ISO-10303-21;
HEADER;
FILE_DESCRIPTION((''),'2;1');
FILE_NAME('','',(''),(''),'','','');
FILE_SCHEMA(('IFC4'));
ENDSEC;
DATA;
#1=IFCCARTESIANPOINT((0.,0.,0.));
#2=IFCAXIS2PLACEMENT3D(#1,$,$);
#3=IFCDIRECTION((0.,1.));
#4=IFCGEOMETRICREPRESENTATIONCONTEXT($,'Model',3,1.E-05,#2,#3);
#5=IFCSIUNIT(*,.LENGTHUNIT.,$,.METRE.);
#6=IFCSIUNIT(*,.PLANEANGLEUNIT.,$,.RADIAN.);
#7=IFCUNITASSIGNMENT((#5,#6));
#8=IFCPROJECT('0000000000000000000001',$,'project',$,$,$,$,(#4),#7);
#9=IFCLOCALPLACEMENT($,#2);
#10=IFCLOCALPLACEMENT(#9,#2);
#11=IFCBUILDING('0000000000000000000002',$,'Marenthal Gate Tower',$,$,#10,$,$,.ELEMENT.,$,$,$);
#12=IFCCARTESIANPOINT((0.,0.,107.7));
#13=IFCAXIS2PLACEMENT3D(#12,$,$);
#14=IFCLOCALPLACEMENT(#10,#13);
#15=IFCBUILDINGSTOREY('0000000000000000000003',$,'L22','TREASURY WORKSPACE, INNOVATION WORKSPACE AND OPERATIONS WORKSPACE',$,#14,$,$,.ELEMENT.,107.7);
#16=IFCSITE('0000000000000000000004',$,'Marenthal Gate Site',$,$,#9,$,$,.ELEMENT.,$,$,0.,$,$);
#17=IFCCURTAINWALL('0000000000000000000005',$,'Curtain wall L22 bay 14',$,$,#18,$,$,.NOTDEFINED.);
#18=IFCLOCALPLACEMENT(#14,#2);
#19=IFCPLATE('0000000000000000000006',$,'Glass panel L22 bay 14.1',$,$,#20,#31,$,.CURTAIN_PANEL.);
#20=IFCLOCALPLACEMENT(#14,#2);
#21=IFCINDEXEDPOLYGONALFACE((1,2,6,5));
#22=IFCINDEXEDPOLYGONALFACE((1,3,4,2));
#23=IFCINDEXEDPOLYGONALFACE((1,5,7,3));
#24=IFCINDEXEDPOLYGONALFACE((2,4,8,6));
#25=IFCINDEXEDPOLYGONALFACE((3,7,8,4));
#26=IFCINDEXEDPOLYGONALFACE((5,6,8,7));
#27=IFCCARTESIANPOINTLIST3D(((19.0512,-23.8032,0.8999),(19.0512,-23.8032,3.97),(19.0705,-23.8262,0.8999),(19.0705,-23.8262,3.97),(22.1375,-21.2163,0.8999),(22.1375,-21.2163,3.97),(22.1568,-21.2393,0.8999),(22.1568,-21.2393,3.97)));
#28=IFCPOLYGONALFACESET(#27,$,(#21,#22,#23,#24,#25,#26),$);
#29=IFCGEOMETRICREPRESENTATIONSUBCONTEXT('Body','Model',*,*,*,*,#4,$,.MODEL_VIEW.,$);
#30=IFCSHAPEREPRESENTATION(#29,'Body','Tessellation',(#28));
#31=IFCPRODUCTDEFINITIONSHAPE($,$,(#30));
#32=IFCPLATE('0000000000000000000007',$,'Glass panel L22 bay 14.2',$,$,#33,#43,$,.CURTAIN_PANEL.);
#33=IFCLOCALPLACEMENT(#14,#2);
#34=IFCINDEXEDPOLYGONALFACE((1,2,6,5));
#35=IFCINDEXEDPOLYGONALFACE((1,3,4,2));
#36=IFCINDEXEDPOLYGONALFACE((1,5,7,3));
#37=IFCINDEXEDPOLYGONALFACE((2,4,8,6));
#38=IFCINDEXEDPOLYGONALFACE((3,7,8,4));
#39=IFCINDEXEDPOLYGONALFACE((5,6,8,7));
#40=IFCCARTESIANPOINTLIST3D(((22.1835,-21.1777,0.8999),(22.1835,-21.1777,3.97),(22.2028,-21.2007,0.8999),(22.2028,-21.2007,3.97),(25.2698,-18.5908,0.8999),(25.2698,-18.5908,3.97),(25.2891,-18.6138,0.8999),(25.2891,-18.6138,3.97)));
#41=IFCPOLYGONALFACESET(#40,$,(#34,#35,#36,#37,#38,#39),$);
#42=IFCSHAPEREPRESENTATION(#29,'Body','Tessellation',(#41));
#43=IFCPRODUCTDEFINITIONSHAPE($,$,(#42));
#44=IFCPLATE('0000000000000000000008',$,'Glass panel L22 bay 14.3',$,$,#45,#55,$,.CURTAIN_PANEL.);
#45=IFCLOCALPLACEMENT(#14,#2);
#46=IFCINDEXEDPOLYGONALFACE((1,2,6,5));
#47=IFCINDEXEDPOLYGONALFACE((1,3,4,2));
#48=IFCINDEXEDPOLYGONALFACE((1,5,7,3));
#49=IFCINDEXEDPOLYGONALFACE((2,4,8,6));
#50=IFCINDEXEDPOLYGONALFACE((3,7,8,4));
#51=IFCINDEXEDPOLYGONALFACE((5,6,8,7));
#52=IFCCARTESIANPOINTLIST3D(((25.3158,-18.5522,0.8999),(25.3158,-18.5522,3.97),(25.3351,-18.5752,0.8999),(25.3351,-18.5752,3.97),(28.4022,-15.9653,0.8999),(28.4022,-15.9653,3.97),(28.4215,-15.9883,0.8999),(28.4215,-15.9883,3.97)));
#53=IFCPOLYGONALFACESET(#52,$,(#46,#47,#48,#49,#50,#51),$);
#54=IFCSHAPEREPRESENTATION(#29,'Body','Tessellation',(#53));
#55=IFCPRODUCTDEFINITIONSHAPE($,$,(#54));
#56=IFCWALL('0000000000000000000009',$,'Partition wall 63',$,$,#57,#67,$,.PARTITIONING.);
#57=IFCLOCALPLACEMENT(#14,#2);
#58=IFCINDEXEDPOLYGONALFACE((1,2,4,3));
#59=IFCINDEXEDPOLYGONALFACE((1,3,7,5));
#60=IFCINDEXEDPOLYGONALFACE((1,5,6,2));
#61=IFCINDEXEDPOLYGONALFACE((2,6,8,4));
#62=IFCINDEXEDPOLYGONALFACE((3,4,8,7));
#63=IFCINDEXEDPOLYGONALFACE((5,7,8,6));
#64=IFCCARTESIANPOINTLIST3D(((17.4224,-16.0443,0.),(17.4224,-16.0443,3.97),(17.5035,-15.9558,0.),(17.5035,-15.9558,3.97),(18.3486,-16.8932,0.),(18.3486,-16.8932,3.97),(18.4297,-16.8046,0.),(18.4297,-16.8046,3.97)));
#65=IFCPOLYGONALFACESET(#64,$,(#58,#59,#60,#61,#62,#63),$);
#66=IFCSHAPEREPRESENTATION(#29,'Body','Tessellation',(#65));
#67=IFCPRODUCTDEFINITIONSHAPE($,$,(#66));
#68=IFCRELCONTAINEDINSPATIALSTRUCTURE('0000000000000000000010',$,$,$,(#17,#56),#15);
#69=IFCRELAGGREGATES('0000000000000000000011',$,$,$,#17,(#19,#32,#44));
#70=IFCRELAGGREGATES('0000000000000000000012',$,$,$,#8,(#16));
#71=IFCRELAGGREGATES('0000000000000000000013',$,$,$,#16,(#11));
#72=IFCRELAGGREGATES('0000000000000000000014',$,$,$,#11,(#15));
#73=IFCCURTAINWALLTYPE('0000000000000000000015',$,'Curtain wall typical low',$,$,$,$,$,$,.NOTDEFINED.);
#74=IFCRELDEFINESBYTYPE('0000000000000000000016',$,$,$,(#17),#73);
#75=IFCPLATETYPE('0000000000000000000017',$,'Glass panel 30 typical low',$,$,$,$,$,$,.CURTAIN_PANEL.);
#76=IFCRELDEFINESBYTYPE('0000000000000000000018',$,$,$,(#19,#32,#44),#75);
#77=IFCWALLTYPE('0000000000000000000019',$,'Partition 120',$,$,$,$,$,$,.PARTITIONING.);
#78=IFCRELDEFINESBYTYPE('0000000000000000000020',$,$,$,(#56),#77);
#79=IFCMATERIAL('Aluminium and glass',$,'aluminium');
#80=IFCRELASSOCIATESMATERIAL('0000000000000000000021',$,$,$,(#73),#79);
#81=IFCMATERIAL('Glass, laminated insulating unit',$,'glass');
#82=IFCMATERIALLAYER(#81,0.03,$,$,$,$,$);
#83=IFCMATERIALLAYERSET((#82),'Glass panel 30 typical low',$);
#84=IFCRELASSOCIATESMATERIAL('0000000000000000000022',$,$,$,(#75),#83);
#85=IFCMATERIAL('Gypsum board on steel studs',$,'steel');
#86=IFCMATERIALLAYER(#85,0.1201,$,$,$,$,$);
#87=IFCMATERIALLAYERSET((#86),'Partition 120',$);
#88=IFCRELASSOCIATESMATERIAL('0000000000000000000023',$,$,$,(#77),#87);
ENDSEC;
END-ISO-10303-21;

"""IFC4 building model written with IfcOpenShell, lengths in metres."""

from ifc_helpers import new_model, si_unit, direction, frame, frame_2d, origin, origin_2d, place, context, subcontext, project, spatial, rectangle, extrude, material, layer, layer_set, type_object, element, aggregate, save


model = new_model("IFC4")

# Units and contexts
model_context = context("Model", 3, precision=1e-05, world=origin(), true_north=direction((0.0, 1.0)))
body_context = subcontext(model_context, "Body", "Model", "MODEL_VIEW")
ifc_project = project(units=[si_unit("LENGTHUNIT", "METRE"), si_unit("PLANEANGLEUNIT", "RADIAN")], contexts=[model_context])

# Site, building, storey
site_placement = place(None, origin())
site = spatial("IfcSite", under=ifc_project, at=site_placement, Name="Marenthal Gate Site", CompositionType="ELEMENT", RefElevation=0.0)
building_placement = place(site_placement, origin())
building = spatial("IfcBuilding", under=site, at=building_placement, Name="Marenthal Gate Tower", CompositionType="ELEMENT")
storey_placement = place(building_placement, frame((0.0, 0.0, 107.7)))
storey = spatial("IfcBuildingStorey", under=building, at=storey_placement, Name="L22", Description="TREASURY WORKSPACE, INNOVATION WORKSPACE AND OPERATIONS WORKSPACE", CompositionType="ELEMENT", Elevation=107.7)

# Curtain wall
ifc_material_1 = material(Name="Aluminium and glass", Category="aluminium")
curtain_wall_type = type_object("IfcCurtainWallType", Name="Curtain wall typical low", PredefinedType="NOTDEFINED", material=ifc_material_1)
curtain_wall_placement = place(storey_placement, origin())
curtain_wall = element("IfcCurtainWall", 1, at=curtain_wall_placement, inside=storey, type_object=curtain_wall_type, Name="Curtain wall L22 bay 14", PredefinedType="NOTDEFINED")

# Plates
ifc_material_2 = material(Name="Glass, laminated insulating unit", Category="glass")
ifc_layer_1 = layer(ifc_material_2, 0.03)
ifc_layer_set_1 = layer_set([ifc_layer_1], Name="Glass panel 30 typical low")
plate_type = type_object("IfcPlateType", Name="Glass panel 30 typical low", PredefinedType="CURTAIN_PANEL", material=ifc_layer_set_1)
plate_1_placement = place(storey_placement, frame((20.604, -22.5212, 0.8999), z_axis=(0.0, 0.0, 1.0), x_axis=(0.766389, 0.642377, 0.0)))
plate_1 = element("IfcPlate", 2, at=plate_1_placement, type_object=plate_type, Name="Glass panel L22 bay 14.1", PredefinedType="CURTAIN_PANEL", context=body_context, shape_type="SweptSolid", body=[
    extrude(rectangle(XDim=4.0271, YDim=0.03, at=origin_2d()), origin(), (0.0, 0.0, 1.0), 3.0701),
])
plate_2_placement = place(storey_placement, frame((23.7363, -19.8958, 0.8999), z_axis=(0.0, 0.0, 1.0), x_axis=(0.766389, 0.642377, 0.0)))
plate_2 = element("IfcPlate", 3, at=plate_2_placement, type_object=plate_type, Name="Glass panel L22 bay 14.2", PredefinedType="CURTAIN_PANEL", context=body_context, shape_type="SweptSolid", body=[
    extrude(rectangle(XDim=4.0271, YDim=0.03, at=origin_2d()), origin(), (0.0, 0.0, 1.0), 3.0701),
])
plate_3_placement = place(storey_placement, frame((26.8687, -17.2703, 0.8999), z_axis=(0.0, 0.0, 1.0), x_axis=(0.766389, 0.642377, 0.0)))
plate_3 = element("IfcPlate", 4, at=plate_3_placement, type_object=plate_type, Name="Glass panel L22 bay 14.3", PredefinedType="CURTAIN_PANEL", context=body_context, shape_type="SweptSolid", body=[
    extrude(rectangle(XDim=4.0271, YDim=0.03, at=origin_2d()), origin(), (0.0, 0.0, 1.0), 3.0701),
])
aggregate(curtain_wall, [plate_1, plate_2, plate_3])

# Wall
ifc_material_3 = material(Name="Gypsum board on steel studs", Category="steel")
ifc_layer_2 = layer(ifc_material_3, 0.1201)
ifc_layer_set_2 = layer_set([ifc_layer_2], Name="Partition 120")
wall_type_1 = type_object("IfcWallType", Name="Partition 120", PredefinedType="PARTITIONING", material=ifc_layer_set_2)
wall_1_placement = place(storey_placement, frame((18.3892, -16.8489, 0.0), z_axis=(0.0, 0.0, 1.0), x_axis=(-0.737235, 0.675637, 0.0)))
element("IfcWall", 5, at=wall_1_placement, inside=storey, type_object=wall_type_1, Name="Partition wall 63", PredefinedType="PARTITIONING", context=body_context, shape_type="SweptSolid", body=[
    extrude(rectangle(XDim=1.2563, YDim=0.1201, at=frame_2d((0.6282, 0.0))), origin(), (0.0, 0.0, 1.0), 3.97),
])

save(model, "model.ifc")
